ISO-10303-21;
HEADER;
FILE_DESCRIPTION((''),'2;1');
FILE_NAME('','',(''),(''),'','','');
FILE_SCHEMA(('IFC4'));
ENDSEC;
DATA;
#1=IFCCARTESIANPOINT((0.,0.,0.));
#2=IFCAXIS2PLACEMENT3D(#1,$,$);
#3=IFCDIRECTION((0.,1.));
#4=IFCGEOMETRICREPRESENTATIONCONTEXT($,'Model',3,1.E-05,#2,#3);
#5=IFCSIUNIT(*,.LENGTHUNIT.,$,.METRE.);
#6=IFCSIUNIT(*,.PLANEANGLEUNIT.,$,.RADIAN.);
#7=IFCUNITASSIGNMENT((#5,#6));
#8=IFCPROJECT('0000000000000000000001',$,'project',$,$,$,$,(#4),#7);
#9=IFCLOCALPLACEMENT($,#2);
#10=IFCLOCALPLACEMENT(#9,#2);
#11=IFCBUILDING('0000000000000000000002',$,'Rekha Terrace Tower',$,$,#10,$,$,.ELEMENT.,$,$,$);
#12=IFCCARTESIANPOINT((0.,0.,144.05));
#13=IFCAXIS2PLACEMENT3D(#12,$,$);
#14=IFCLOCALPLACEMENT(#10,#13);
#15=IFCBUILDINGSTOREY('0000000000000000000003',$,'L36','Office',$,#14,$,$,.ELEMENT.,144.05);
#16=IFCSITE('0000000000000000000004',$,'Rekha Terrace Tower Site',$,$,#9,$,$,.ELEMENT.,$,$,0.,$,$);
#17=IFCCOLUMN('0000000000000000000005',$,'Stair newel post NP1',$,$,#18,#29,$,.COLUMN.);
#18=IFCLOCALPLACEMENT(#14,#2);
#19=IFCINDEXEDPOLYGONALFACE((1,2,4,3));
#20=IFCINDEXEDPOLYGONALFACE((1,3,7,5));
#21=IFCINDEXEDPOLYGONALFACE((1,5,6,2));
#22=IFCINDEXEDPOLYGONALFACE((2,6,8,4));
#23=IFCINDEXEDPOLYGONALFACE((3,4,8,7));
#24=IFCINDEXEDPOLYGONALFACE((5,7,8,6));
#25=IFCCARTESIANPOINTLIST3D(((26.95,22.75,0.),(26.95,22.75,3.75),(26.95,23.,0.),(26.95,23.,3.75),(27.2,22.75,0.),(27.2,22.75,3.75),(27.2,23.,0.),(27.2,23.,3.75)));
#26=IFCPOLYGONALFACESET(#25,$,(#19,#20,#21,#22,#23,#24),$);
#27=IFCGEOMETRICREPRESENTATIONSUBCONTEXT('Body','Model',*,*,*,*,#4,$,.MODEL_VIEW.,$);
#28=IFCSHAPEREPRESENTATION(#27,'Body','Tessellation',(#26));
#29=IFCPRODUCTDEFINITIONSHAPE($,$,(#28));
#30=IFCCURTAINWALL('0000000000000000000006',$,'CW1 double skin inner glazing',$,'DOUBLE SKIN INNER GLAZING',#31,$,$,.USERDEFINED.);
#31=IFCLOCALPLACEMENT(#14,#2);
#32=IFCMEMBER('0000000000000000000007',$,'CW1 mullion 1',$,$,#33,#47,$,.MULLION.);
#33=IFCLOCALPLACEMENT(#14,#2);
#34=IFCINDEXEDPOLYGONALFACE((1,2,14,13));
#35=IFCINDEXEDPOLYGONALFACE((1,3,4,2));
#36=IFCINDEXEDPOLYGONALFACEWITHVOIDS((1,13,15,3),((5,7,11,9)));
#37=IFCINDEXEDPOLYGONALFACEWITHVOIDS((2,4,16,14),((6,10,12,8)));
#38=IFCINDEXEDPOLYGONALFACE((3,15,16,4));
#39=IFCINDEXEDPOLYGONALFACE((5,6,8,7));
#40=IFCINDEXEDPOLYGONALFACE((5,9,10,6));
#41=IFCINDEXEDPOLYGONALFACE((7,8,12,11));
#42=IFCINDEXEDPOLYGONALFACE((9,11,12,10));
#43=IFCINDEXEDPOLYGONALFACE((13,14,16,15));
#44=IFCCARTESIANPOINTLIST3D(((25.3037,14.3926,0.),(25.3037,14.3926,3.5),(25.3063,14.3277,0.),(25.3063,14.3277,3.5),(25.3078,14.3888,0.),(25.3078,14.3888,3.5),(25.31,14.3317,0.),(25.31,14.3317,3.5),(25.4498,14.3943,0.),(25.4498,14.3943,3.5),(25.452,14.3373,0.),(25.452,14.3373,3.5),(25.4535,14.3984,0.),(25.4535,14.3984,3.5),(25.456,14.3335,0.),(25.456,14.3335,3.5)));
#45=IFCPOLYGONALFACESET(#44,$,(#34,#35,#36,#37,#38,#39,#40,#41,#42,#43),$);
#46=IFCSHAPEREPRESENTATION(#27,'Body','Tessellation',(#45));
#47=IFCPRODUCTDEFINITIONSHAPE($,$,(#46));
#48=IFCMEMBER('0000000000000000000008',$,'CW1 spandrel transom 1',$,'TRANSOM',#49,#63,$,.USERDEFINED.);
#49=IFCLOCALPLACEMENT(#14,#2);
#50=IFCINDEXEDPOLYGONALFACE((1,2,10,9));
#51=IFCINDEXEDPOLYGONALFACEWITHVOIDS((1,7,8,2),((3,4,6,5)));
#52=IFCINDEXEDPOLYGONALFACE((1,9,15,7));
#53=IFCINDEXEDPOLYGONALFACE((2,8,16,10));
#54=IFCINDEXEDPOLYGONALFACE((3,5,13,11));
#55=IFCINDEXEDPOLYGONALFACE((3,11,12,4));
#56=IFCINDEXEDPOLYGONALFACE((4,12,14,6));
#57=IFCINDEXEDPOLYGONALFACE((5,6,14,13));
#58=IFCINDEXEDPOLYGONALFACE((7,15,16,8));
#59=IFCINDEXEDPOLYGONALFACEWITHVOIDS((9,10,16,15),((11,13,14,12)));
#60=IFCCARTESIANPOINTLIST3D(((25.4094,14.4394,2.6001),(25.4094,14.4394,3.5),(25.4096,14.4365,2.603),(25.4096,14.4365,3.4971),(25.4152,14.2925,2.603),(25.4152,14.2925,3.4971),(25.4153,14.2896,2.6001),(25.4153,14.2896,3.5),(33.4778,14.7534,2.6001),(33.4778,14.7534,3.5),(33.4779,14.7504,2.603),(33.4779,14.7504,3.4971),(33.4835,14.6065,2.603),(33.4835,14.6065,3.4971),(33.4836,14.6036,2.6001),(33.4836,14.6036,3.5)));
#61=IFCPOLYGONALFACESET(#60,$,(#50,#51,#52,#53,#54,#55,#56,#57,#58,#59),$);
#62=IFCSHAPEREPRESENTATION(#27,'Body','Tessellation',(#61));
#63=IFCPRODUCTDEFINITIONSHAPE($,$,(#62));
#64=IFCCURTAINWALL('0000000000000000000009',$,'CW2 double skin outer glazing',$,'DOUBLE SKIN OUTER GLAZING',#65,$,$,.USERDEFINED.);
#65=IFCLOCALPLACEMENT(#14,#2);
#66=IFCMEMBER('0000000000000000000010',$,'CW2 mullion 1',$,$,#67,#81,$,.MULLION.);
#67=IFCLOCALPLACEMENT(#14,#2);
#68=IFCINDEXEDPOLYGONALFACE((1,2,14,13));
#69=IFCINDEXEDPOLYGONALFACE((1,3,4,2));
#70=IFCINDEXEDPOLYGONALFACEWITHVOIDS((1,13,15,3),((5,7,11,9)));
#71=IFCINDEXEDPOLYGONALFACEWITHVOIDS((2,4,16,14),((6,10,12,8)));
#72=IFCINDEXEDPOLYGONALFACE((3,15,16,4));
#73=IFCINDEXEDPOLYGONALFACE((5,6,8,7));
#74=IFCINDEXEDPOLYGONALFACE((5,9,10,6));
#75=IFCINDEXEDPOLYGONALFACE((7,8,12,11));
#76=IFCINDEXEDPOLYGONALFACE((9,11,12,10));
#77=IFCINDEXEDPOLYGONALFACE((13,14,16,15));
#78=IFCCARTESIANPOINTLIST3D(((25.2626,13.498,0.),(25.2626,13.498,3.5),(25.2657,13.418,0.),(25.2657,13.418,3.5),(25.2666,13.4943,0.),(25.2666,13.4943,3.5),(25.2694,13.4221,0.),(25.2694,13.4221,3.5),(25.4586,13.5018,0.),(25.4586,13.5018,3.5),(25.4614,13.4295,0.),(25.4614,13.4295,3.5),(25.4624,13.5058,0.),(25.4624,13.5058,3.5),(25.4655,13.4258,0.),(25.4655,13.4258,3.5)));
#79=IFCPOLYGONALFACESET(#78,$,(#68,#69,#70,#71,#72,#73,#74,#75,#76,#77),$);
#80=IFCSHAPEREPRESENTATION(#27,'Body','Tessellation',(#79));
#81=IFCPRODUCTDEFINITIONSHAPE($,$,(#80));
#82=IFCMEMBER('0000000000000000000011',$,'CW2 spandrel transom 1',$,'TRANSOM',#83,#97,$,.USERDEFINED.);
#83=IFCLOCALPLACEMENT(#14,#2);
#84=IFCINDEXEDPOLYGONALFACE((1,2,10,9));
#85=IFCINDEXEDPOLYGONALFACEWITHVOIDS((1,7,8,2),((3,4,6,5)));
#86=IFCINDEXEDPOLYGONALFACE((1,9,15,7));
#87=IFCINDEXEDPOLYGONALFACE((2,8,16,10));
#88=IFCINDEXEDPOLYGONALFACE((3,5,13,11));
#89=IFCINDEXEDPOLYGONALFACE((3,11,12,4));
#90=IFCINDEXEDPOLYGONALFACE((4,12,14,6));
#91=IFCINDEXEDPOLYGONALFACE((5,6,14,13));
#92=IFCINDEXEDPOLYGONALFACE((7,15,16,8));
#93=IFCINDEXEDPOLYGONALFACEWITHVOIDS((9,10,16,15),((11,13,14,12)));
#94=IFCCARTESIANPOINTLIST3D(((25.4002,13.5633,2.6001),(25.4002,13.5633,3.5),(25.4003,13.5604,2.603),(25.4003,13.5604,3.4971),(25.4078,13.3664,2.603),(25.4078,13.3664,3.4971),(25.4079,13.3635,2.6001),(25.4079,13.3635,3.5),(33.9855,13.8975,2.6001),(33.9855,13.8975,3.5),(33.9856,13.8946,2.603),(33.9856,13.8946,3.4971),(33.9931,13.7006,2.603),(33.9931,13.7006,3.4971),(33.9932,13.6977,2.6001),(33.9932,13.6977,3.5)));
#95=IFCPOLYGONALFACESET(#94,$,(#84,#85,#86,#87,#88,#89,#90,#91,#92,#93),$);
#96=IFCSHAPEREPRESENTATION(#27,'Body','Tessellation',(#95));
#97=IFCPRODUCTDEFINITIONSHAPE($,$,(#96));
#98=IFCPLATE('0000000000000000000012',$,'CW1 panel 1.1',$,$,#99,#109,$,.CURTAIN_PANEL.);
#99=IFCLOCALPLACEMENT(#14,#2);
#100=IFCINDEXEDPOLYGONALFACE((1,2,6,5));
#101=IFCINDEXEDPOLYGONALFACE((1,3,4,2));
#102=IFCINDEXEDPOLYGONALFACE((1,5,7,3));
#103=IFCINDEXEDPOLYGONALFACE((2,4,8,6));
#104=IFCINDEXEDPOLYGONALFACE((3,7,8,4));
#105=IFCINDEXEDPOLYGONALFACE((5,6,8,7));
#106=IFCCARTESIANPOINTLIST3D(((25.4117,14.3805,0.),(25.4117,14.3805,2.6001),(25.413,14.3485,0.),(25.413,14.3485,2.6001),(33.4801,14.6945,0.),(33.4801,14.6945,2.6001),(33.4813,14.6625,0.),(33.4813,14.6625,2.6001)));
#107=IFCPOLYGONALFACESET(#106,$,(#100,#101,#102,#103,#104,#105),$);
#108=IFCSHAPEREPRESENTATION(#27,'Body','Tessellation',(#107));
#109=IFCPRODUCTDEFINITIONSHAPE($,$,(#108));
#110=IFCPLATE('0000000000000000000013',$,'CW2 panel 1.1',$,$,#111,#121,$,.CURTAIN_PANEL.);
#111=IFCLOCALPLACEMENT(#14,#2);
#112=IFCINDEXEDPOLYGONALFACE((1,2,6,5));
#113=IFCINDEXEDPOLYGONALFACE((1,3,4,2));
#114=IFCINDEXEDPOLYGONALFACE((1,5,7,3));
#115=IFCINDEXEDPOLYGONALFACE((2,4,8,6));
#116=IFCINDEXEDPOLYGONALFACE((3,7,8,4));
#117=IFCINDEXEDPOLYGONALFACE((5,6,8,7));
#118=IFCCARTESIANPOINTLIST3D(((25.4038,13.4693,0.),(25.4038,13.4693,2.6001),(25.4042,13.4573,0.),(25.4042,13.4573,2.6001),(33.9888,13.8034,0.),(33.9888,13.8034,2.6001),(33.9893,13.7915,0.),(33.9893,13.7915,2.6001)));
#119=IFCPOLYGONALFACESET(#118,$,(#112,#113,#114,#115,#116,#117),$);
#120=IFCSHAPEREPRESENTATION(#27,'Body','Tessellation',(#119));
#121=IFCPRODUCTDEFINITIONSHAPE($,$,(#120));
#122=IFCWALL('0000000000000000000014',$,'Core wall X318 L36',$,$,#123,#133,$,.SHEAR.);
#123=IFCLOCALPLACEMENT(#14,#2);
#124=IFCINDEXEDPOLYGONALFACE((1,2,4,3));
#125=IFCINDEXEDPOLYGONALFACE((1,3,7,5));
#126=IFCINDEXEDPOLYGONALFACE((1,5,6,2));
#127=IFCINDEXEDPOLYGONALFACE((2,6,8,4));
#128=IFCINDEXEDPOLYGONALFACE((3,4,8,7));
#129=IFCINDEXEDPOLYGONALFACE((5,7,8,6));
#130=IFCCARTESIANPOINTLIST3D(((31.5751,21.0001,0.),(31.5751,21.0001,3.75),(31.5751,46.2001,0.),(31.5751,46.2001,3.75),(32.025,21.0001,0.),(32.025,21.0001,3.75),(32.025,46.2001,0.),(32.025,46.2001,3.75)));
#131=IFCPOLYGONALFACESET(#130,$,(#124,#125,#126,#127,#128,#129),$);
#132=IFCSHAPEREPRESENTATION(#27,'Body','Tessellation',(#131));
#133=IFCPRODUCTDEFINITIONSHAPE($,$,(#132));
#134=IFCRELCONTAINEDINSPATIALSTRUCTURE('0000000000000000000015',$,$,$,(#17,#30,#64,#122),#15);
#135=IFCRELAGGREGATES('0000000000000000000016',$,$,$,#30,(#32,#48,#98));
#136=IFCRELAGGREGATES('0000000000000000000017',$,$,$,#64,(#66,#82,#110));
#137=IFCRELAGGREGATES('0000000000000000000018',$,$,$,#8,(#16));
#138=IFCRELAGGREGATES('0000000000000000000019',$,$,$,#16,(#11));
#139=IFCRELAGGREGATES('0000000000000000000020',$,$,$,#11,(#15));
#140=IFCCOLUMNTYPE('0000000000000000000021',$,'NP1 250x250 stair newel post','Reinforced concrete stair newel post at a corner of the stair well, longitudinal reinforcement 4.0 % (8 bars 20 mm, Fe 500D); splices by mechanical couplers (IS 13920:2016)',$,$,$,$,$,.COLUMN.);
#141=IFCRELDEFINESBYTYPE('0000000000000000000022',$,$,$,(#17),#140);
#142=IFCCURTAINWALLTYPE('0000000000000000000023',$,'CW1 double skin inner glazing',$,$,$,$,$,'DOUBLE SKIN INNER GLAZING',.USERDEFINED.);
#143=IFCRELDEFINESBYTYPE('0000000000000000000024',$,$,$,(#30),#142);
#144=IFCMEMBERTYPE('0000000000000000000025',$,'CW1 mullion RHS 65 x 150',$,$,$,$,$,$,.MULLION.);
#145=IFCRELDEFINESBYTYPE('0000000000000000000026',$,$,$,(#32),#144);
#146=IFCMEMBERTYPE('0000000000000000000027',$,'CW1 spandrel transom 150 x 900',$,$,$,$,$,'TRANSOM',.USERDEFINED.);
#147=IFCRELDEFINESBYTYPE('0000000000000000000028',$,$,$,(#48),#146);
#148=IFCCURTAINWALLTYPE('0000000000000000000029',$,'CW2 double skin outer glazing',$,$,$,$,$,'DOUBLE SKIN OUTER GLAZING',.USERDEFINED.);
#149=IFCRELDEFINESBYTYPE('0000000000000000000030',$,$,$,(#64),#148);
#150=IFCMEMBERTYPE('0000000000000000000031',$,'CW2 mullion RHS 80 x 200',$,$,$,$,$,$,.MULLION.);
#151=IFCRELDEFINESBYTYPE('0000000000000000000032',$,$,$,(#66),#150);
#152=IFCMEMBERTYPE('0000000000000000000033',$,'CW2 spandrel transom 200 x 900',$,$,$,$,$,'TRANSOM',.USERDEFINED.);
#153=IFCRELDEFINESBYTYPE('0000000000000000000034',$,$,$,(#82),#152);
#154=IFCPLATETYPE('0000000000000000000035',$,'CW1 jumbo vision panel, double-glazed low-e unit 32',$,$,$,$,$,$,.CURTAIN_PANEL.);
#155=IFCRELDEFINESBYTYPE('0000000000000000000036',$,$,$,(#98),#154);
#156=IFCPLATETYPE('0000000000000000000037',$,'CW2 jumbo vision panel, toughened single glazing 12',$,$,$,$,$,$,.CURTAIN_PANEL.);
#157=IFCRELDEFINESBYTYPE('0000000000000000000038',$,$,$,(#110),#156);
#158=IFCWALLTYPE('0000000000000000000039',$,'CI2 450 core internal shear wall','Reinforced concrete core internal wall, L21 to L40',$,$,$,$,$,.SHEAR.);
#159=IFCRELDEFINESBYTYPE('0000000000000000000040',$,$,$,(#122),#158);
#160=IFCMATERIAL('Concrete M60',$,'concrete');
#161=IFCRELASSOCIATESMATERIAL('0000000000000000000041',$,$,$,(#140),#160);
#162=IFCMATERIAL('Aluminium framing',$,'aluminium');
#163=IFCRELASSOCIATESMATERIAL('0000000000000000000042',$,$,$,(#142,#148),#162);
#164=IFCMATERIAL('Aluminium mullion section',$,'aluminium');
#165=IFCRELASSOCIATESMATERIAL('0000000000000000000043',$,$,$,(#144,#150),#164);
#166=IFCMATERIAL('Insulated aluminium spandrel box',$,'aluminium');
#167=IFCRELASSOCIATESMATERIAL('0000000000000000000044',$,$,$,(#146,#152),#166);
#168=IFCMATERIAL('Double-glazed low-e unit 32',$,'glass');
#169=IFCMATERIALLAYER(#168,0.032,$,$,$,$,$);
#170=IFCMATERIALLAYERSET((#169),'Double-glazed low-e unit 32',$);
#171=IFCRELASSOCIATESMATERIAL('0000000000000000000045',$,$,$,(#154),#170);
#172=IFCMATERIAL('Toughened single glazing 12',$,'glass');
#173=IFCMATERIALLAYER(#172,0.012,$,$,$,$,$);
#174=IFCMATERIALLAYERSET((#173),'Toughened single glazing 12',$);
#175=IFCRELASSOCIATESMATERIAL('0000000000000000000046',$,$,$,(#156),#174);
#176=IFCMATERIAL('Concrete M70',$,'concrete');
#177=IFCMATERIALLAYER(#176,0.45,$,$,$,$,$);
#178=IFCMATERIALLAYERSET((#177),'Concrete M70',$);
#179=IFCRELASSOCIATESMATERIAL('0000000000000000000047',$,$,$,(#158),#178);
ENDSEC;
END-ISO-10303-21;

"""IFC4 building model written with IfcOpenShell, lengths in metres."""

from ifc_helpers import new_model, si_unit, direction, frame, frame_2d, origin, origin_2d, place, context, subcontext, project, spatial, rectangle, hollow_rectangle, extrude, material, layer, layer_set, material_profile, profile_set, type_object, element, aggregate, save


model = new_model("IFC4")

# Units and contexts
model_context = context("Model", 3, precision=1e-05, world=origin(), true_north=direction((0.0, 1.0)))
body_context = subcontext(model_context, "Body", "Model", "MODEL_VIEW")
ifc_project = project(units=[si_unit("LENGTHUNIT", "METRE"), si_unit("PLANEANGLEUNIT", "RADIAN")], contexts=[model_context])

# Site, building, storey
site_placement = place(None, origin())
site = spatial("IfcSite", under=ifc_project, at=site_placement, Name="Rekha Terrace Tower Site", CompositionType="ELEMENT", RefElevation=0.0)
building_placement = place(site_placement, origin())
building = spatial("IfcBuilding", under=site, at=building_placement, Name="Rekha Terrace Tower", CompositionType="ELEMENT")
storey_placement = place(building_placement, frame((0.0, 0.0, 144.05)))
storey = spatial("IfcBuildingStorey", under=building, at=storey_placement, Name="L36", Description="Office", CompositionType="ELEMENT", Elevation=144.05)

# Column
ifc_material_1 = material(Name="Concrete M60", Category="concrete")
ifc_material_profile_1 = material_profile(ifc_material_1, rectangle(XDim=0.25, YDim=0.25, at=origin_2d()), Name="RC 250x250")
ifc_profile_set_1 = profile_set([ifc_material_profile_1], Name="Concrete M60")
column_type = type_object("IfcColumnType", Name="NP1 250x250 stair newel post", Description="Reinforced concrete stair newel post at a corner of the stair well, longitudinal reinforcement 4.0 % (8 bars 20 mm, Fe 500D); splices by mechanical couplers (IS 13920:2016)", PredefinedType="COLUMN", material=ifc_profile_set_1)
column_placement = place(storey_placement, frame((27.075, 22.875, 0.0), z_axis=(0.0, 0.0, 1.0), x_axis=(1.0, 0.0, 0.0)))
element("IfcColumn", 1, at=column_placement, inside=storey, type_object=column_type, Name="Stair newel post NP1", PredefinedType="COLUMN", context=body_context, shape_type="SweptSolid", body=[
    extrude(rectangle(XDim=0.25, YDim=0.25, at=origin_2d()), origin(), (0.0, 0.0, 1.0), 3.75),
])

# Curtain walls, members
ifc_material_2 = material(Name="Aluminium framing", Category="aluminium")
curtain_wall_type_1 = type_object("IfcCurtainWallType", Name="CW1 double skin inner glazing", ElementType="DOUBLE SKIN INNER GLAZING", PredefinedType="USERDEFINED", material=ifc_material_2)
curtain_wall_1_placement = place(storey_placement, origin())
curtain_wall_1 = element("IfcCurtainWall", 2, at=curtain_wall_1_placement, inside=storey, type_object=curtain_wall_type_1, Name="CW1 double skin inner glazing", ObjectType="DOUBLE SKIN INNER GLAZING", PredefinedType="USERDEFINED")
ifc_material_3 = material(Name="Aluminium mullion section", Category="aluminium")
ifc_material_profile_2 = material_profile(ifc_material_3, hollow_rectangle(XDim=0.0649, YDim=0.1499, WallThickness=0.0039, at=origin_2d()), Name="AL RHS 65x150")
ifc_profile_set_2 = profile_set([ifc_material_profile_2], Name="Aluminium mullion section")
member_type_1 = type_object("IfcMemberType", Name="CW1 mullion RHS 65 x 150", PredefinedType="MULLION", material=ifc_profile_set_2)
member_1_placement = place(storey_placement, frame((25.3799, 14.363, 0.0), z_axis=(0.0, 0.0, 1.0), x_axis=(-0.03889, 0.999243, 0.0)))
member_1 = element("IfcMember", 3, at=member_1_placement, type_object=member_type_1, Name="CW1 mullion 1", PredefinedType="MULLION", context=body_context, shape_type="SweptSolid", body=[
    extrude(hollow_rectangle(XDim=0.0649, YDim=0.1499, WallThickness=0.0039, at=origin_2d()), origin(), (0.0, 0.0, 1.0), 3.5),
])
ifc_material_4 = material(Name="Insulated aluminium spandrel box", Category="aluminium")
ifc_material_profile_3 = material_profile(ifc_material_4, hollow_rectangle(XDim=0.1499, YDim=0.8999, WallThickness=0.0029, at=origin_2d()), Name="AL SPANDREL BOX 150x900")
ifc_profile_set_3 = profile_set([ifc_material_profile_3], Name="Insulated aluminium spandrel box")
member_type_2 = type_object("IfcMemberType", Name="CW1 spandrel transom 150 x 900", ElementType="TRANSOM", PredefinedType="USERDEFINED", material=ifc_profile_set_3)
member_2_placement = place(storey_placement, frame((25.4124, 14.3645, 3.05), z_axis=(0.999244, 0.038884, 0.0), x_axis=(-0.038884, 0.999244, 0.0)))
member_2 = element("IfcMember", 4, at=member_2_placement, type_object=member_type_2, Name="CW1 spandrel transom 1", ObjectType="TRANSOM", PredefinedType="USERDEFINED", context=body_context, shape_type="SweptSolid", body=[
    extrude(hollow_rectangle(XDim=0.1499, YDim=0.8999, WallThickness=0.0029, at=origin_2d()), origin(), (0.0, 0.0, 1.0), 8.0745),
])
curtain_wall_type_2 = type_object("IfcCurtainWallType", Name="CW2 double skin outer glazing", ElementType="DOUBLE SKIN OUTER GLAZING", PredefinedType="USERDEFINED", material=ifc_material_2)
curtain_wall_2_placement = place(storey_placement, origin())
curtain_wall_2 = element("IfcCurtainWall", 5, at=curtain_wall_2_placement, inside=storey, type_object=curtain_wall_type_2, Name="CW2 double skin outer glazing", ObjectType="DOUBLE SKIN OUTER GLAZING", PredefinedType="USERDEFINED")
ifc_material_profile_4 = material_profile(ifc_material_3, hollow_rectangle(XDim=0.0801, YDim=0.2, WallThickness=0.0039, at=origin_2d()), Name="AL RHS 80x200")
ifc_profile_set_4 = profile_set([ifc_material_profile_4], Name="Aluminium mullion section")
member_type_3 = type_object("IfcMemberType", Name="CW2 mullion RHS 80 x 200", PredefinedType="MULLION", material=ifc_profile_set_4)
member_3_placement = place(storey_placement, frame((25.364, 13.4619, 0.0), z_axis=(0.0, 0.0, 1.0), x_axis=(-0.03889, 0.999243, 0.0)))
member_3 = element("IfcMember", 6, at=member_3_placement, type_object=member_type_3, Name="CW2 mullion 1", PredefinedType="MULLION", context=body_context, shape_type="SweptSolid", body=[
    extrude(hollow_rectangle(XDim=0.0801, YDim=0.2, WallThickness=0.0039, at=origin_2d()), origin(), (0.0, 0.0, 1.0), 3.5),
])
ifc_material_profile_5 = material_profile(ifc_material_4, hollow_rectangle(XDim=0.2, YDim=0.8999, WallThickness=0.0029, at=origin_2d()), Name="AL SPANDREL BOX 200x900")
ifc_profile_set_5 = profile_set([ifc_material_profile_5], Name="Insulated aluminium spandrel box")
member_type_4 = type_object("IfcMemberType", Name="CW2 spandrel transom 200 x 900", ElementType="TRANSOM", PredefinedType="USERDEFINED", material=ifc_profile_set_5)
member_4_placement = place(storey_placement, frame((25.4041, 13.4634, 3.05), z_axis=(0.999243, 0.038901, 0.0), x_axis=(-0.038901, 0.999243, 0.0)))
member_4 = element("IfcMember", 7, at=member_4_placement, type_object=member_type_4, Name="CW2 spandrel transom 1", ObjectType="TRANSOM", PredefinedType="USERDEFINED", context=body_context, shape_type="SweptSolid", body=[
    extrude(hollow_rectangle(XDim=0.2, YDim=0.8999, WallThickness=0.0029, at=origin_2d()), origin(), (0.0, 0.0, 1.0), 8.5918),
])

# Plates
ifc_material_5 = material(Name="Double-glazed low-e unit 32", Category="glass")
ifc_layer_1 = layer(ifc_material_5, 0.032)
ifc_layer_set_1 = layer_set([ifc_layer_1], Name="Double-glazed low-e unit 32")
plate_type_1 = type_object("IfcPlateType", Name="CW1 jumbo vision panel, double-glazed low-e unit 32", PredefinedType="CURTAIN_PANEL", material=ifc_layer_set_1)
plate_1_placement = place(storey_placement, frame((29.4465, 14.5215, 0.0), z_axis=(0.0, 0.0, 1.0), x_axis=(0.999243, 0.03889, 0.0)))
plate_1 = element("IfcPlate", 8, at=plate_1_placement, type_object=plate_type_1, Name="CW1 panel 1.1", PredefinedType="CURTAIN_PANEL", context=body_context, shape_type="SweptSolid", body=[
    extrude(rectangle(XDim=8.0745, YDim=0.032, at=origin_2d()), origin(), (0.0, 0.0, 1.0), 2.6001),
])
aggregate(curtain_wall_1, [member_1, member_2, plate_1])
ifc_material_6 = material(Name="Toughened single glazing 12", Category="glass")
ifc_layer_2 = layer(ifc_material_6, 0.012)
ifc_layer_set_2 = layer_set([ifc_layer_2], Name="Toughened single glazing 12")
plate_type_2 = type_object("IfcPlateType", Name="CW2 jumbo vision panel, toughened single glazing 12", PredefinedType="CURTAIN_PANEL", material=ifc_layer_set_2)
plate_2_placement = place(storey_placement, frame((29.6965, 13.6304, 0.0), z_axis=(0.0, 0.0, 1.0), x_axis=(0.999243, 0.03889, 0.0)))
plate_2 = element("IfcPlate", 9, at=plate_2_placement, type_object=plate_type_2, Name="CW2 panel 1.1", PredefinedType="CURTAIN_PANEL", context=body_context, shape_type="SweptSolid", body=[
    extrude(rectangle(XDim=8.5916, YDim=0.012, at=origin_2d()), origin(), (0.0, 0.0, 1.0), 2.6001),
])
aggregate(curtain_wall_2, [member_3, member_4, plate_2])

# Wall
ifc_material_7 = material(Name="Concrete M70", Category="concrete")
ifc_layer_3 = layer(ifc_material_7, 0.45)
ifc_layer_set_3 = layer_set([ifc_layer_3], Name="Concrete M70")
wall_type_1 = type_object("IfcWallType", Name="CI2 450 core internal shear wall", Description="Reinforced concrete core internal wall, L21 to L40", PredefinedType="SHEAR", material=ifc_layer_set_3)
wall_1_placement = place(storey_placement, frame((31.8, 21.0, 0.0), z_axis=(0.0, 0.0, 1.0), x_axis=(0.0, 1.0, 0.0)))
element("IfcWall", 10, at=wall_1_placement, inside=storey, type_object=wall_type_1, Name="Core wall X318 L36", PredefinedType="SHEAR", context=body_context, shape_type="SweptSolid", body=[
    extrude(rectangle(XDim=25.2, YDim=0.45, at=frame_2d((12.6001, 0.0))), origin(), (0.0, 0.0, 1.0), 3.75),
])

save(model, "model.ifc")
